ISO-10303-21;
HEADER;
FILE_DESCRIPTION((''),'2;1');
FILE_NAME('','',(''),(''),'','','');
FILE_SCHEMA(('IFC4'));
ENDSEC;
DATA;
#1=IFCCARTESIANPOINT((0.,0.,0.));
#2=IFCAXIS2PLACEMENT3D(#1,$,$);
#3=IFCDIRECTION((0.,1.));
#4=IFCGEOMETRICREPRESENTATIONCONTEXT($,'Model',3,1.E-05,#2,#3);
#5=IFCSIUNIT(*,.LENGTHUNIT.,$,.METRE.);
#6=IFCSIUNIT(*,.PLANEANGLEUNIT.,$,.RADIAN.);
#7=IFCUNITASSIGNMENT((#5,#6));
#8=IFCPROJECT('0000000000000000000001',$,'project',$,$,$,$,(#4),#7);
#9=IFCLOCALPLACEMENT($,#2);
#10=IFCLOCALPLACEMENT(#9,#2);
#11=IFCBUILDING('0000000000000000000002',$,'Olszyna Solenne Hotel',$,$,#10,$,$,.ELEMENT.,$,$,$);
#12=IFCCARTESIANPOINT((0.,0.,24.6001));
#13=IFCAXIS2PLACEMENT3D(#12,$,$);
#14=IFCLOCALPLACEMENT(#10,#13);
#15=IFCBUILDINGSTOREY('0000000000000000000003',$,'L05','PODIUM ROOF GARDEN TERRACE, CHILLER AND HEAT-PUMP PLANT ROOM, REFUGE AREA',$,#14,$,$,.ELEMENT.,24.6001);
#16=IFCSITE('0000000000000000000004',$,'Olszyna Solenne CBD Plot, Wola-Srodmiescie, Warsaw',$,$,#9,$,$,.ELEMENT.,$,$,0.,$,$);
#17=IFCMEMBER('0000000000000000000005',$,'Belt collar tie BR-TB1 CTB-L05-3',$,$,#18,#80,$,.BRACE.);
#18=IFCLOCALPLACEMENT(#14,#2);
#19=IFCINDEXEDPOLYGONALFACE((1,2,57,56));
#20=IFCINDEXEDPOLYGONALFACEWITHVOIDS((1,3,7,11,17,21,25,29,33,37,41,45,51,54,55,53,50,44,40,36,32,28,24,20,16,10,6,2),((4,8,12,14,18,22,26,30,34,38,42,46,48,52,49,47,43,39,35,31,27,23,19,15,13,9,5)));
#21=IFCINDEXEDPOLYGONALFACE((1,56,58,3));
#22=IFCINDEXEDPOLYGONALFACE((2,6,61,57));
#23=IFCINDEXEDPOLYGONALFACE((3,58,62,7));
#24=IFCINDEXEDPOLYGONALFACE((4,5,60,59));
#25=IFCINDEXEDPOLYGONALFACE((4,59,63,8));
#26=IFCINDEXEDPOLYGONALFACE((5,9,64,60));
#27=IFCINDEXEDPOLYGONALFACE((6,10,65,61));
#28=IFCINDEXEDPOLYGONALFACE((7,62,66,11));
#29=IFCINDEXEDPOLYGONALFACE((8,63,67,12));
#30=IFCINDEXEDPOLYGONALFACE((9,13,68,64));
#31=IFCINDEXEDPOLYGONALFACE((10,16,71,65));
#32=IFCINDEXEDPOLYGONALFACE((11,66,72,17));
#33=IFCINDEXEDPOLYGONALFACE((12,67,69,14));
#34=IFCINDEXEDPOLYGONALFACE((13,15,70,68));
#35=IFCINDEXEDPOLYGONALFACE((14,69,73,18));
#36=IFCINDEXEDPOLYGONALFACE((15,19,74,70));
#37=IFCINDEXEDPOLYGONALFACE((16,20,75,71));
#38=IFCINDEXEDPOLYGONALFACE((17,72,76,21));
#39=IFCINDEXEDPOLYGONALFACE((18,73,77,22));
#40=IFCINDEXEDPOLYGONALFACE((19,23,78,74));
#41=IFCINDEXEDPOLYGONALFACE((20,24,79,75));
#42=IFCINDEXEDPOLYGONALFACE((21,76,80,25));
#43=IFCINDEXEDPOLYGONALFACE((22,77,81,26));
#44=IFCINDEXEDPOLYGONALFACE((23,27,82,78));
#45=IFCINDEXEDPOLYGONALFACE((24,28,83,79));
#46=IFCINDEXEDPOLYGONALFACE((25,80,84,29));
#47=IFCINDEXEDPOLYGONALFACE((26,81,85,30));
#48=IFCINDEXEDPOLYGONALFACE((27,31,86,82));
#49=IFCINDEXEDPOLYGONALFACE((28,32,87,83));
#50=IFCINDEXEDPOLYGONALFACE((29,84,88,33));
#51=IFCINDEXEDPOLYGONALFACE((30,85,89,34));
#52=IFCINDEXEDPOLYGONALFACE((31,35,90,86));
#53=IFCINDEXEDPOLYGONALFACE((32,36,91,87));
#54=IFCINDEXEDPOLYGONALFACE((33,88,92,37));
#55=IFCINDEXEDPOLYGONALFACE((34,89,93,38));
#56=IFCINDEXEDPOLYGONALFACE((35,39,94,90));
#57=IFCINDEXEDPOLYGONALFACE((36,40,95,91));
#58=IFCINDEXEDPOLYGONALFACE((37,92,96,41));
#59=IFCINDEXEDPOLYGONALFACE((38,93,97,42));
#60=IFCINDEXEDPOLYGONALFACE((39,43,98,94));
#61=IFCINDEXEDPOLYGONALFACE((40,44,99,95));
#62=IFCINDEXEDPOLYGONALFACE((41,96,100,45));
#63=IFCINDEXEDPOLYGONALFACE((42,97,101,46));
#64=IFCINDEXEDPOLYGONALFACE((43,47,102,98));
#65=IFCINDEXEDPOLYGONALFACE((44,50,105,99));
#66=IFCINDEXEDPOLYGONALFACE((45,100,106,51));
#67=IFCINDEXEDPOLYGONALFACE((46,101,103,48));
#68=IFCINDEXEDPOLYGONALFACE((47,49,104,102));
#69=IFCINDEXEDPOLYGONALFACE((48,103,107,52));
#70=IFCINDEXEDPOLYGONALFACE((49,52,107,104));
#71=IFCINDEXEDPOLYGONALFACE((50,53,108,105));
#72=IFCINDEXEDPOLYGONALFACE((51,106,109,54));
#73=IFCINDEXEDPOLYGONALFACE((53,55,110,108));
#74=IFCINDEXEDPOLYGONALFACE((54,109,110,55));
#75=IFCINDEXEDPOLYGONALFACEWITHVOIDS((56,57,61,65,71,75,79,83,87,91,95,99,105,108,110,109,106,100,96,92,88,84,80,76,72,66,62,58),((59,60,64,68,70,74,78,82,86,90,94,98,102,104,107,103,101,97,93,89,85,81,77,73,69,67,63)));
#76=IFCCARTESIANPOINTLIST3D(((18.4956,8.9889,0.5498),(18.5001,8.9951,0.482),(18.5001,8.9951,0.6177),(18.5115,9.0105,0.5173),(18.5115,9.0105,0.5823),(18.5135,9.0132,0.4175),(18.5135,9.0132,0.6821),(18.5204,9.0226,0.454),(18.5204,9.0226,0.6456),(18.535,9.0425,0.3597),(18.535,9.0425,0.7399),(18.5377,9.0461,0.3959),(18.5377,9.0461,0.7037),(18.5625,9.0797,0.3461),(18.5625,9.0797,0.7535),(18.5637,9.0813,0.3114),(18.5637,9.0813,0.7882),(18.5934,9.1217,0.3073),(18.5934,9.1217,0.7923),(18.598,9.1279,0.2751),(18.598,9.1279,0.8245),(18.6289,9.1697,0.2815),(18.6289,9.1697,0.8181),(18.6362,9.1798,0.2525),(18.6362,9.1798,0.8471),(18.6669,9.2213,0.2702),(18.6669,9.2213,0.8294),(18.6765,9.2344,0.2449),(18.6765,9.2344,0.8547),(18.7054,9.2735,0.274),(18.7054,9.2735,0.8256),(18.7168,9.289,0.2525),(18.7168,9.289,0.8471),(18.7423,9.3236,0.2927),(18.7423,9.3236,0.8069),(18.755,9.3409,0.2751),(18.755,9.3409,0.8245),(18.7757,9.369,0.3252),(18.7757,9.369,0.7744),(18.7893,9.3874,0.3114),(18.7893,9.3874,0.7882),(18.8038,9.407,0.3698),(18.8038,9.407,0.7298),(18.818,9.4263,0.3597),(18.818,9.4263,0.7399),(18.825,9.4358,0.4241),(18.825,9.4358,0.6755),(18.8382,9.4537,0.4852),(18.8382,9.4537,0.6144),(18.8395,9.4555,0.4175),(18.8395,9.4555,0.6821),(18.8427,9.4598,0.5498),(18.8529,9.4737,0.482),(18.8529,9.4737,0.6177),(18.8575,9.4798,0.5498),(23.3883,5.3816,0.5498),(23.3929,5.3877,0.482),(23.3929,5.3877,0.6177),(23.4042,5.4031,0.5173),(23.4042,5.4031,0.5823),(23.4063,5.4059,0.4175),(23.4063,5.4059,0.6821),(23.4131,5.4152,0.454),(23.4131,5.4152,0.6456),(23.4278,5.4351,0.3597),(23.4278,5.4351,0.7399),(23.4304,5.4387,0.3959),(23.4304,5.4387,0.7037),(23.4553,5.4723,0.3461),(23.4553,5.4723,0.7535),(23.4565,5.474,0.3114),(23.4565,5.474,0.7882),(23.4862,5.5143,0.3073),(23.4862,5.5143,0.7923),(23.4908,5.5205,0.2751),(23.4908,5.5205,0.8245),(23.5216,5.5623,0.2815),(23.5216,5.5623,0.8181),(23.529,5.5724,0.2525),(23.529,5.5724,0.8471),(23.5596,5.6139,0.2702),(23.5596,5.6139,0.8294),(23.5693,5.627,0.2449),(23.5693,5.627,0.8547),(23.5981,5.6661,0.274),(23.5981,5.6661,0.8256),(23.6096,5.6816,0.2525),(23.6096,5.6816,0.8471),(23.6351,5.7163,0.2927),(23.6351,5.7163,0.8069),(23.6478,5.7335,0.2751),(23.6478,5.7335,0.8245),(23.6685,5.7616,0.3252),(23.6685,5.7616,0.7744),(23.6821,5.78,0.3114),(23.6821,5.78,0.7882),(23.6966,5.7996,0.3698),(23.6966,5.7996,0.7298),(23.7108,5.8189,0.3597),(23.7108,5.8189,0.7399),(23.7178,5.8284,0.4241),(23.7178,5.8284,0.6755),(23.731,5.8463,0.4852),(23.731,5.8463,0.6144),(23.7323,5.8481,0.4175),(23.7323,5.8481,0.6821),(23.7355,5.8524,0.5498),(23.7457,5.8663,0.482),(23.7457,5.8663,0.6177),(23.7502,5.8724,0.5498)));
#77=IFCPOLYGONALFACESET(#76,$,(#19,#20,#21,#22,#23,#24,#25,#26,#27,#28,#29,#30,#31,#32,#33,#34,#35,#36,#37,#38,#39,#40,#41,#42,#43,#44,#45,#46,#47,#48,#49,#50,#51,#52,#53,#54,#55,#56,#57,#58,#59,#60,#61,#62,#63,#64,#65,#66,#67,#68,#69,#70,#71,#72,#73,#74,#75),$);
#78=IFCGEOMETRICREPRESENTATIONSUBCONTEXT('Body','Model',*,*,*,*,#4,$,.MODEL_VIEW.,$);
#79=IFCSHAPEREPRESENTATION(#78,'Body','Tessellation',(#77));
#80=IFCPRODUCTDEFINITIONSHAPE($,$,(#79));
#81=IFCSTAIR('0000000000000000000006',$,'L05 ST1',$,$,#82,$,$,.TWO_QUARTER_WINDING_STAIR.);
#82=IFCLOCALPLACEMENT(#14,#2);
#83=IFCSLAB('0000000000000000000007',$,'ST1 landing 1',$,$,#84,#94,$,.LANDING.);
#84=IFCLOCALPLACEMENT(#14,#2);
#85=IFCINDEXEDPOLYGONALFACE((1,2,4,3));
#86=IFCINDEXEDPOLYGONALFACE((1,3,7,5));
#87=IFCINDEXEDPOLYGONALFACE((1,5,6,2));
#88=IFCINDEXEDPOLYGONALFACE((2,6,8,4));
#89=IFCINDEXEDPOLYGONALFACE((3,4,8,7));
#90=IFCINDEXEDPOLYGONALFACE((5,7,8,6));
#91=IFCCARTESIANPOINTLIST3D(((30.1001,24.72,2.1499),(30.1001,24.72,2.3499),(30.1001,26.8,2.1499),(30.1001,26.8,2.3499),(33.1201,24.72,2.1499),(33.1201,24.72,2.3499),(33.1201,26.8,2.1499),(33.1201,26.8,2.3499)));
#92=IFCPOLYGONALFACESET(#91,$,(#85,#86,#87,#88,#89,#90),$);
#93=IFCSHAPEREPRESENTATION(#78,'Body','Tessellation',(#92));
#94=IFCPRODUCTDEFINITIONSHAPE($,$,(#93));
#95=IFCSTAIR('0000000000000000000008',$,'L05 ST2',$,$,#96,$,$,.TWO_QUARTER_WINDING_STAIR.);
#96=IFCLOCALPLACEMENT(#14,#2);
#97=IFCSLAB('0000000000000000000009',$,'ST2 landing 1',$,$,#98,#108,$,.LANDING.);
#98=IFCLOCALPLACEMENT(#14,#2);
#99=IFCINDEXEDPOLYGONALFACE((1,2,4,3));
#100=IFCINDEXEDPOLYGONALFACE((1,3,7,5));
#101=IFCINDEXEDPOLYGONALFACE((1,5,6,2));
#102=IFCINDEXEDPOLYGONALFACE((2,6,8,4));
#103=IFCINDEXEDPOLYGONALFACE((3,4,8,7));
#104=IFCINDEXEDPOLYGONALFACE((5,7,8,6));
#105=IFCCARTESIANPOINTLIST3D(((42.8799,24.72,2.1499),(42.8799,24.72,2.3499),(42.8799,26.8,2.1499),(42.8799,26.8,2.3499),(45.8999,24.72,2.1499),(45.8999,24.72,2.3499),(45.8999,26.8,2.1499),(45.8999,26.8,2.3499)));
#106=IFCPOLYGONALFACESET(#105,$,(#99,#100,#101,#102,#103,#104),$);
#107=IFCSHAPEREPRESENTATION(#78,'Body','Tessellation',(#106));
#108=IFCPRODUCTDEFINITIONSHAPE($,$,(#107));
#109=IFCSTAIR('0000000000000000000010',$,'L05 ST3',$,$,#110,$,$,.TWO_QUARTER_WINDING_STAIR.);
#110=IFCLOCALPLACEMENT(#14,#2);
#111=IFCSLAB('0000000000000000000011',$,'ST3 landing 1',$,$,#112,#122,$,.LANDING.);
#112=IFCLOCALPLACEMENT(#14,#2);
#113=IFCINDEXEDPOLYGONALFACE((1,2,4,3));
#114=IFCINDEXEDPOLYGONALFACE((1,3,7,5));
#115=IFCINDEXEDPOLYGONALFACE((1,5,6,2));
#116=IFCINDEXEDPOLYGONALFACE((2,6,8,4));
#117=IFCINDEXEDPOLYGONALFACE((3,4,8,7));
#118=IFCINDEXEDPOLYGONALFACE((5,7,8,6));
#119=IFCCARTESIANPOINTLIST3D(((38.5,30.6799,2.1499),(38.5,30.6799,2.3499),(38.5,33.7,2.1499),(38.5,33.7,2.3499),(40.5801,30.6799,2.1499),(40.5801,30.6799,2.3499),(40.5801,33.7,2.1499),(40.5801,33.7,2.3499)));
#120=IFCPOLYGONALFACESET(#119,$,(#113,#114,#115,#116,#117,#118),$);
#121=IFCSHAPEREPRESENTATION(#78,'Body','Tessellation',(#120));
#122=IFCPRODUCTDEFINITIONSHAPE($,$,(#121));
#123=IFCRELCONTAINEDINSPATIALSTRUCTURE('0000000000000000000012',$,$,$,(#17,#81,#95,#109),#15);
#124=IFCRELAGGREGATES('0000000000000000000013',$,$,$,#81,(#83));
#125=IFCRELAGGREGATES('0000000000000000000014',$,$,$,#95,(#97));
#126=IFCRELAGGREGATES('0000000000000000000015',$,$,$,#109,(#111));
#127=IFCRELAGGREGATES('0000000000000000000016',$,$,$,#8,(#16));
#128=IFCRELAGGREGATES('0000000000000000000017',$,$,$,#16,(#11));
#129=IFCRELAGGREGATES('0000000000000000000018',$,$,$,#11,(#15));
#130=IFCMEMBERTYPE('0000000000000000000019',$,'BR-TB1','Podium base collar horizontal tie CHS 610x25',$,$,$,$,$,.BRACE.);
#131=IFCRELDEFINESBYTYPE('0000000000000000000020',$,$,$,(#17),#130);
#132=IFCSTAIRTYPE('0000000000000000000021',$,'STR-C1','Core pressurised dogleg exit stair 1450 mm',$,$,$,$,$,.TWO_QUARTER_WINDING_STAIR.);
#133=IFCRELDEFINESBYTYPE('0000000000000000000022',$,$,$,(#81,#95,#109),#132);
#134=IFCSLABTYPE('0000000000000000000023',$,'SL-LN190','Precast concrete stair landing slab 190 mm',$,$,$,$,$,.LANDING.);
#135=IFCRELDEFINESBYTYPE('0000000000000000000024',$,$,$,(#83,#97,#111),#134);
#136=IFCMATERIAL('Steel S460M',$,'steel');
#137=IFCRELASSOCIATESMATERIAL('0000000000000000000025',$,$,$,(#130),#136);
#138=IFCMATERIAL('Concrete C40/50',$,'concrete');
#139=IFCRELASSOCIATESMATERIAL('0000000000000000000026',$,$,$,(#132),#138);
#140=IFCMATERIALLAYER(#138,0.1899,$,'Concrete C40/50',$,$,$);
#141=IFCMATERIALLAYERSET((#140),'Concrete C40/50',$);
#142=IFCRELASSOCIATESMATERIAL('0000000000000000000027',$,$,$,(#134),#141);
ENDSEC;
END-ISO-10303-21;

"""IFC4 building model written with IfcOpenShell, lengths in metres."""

from ifc_helpers import new_model, si_unit, direction, frame, origin, origin_2d, place, context, subcontext, project, spatial, polyline, hollow_circle, outline, extrude, source, transform, mapped, material, layer, layer_set, material_profile, profile_set, type_object, element, aggregate, save


model = new_model("IFC4")

# Units and contexts
model_context = context("Model", 3, precision=1e-05, world=origin(), true_north=direction((0.0, 1.0)))
body_context = subcontext(model_context, "Body", "Model", "MODEL_VIEW")
ifc_project = project(units=[si_unit("LENGTHUNIT", "METRE"), si_unit("PLANEANGLEUNIT", "RADIAN")], contexts=[model_context])

# Site, building, storey
site_placement = place(None, origin())
site = spatial("IfcSite", under=ifc_project, at=site_placement, Name="Olszyna Solenne CBD Plot, Wola-Srodmiescie, Warsaw", CompositionType="ELEMENT", RefElevation=0.0)
building_placement = place(site_placement, origin())
building = spatial("IfcBuilding", under=site, at=building_placement, Name="Olszyna Solenne Hotel", CompositionType="ELEMENT")
storey_placement = place(building_placement, frame((0.0, 0.0, 24.6001)))
storey = spatial("IfcBuildingStorey", under=building, at=storey_placement, Name="L05", Description="PODIUM ROOF GARDEN TERRACE, CHILLER AND HEAT-PUMP PLANT ROOM, REFUGE AREA", CompositionType="ELEMENT", Elevation=24.6001)

# Shared definitions
ifc_material_1 = material(Name="Steel S460M", Category="steel")

# Member
ifc_material_profile_1 = material_profile(ifc_material_1, hollow_circle(Radius=0.3049, WallThickness=0.0249, at=origin_2d()), Name="CHS 610x25", Category="load-bearing")
ifc_profile_set_1 = profile_set([ifc_material_profile_1], Name="Steel S460M")
member_type_1 = type_object("IfcMemberType", Name="BR-TB1", Description="Podium base collar horizontal tie CHS 610x25", PredefinedType="BRACE", material=ifc_profile_set_1)
shared_shape_1 = source(origin(), body_context, "Body", "SweptSolid", [
    extrude(hollow_circle(Radius=0.3049, WallThickness=0.0249, at=origin_2d()), origin(), (0.0, 0.0, 1.0), 6.0789),
])
member_1_placement = place(storey_placement, frame((18.6765, 9.2344, 0.5498), z_axis=(0.804884, -0.593432, 0.0), x_axis=(0.593432, 0.804884, 0.0)))
element("IfcMember", 1, at=member_1_placement, inside=storey, type_object=member_type_1, Name="Belt collar tie BR-TB1 CTB-L05-3", PredefinedType="BRACE", context=body_context, shape_type="MappedRepresentation", body=[
    mapped(shared_shape_1, transform((0.0, 0.0, 0.0), x_axis=(1.0, 0.0, 0.0), y_axis=(0.0, 1.0, 0.0), z_axis=(0.0, 0.0, 1.0), scale=1.0)),
])

# Stairs, slabs
ifc_material_2 = material(Name="Concrete C40/50", Category="concrete")
stair_type = type_object("IfcStairType", Name="STR-C1", Description="Core pressurised dogleg exit stair 1450 mm", PredefinedType="TWO_QUARTER_WINDING_STAIR", material=ifc_material_2)
stair_1_placement = place(storey_placement, origin())
stair_1 = element("IfcStair", 2, at=stair_1_placement, inside=storey, type_object=stair_type, Name="L05 ST1", PredefinedType="TWO_QUARTER_WINDING_STAIR")
ifc_layer_1 = layer(ifc_material_2, 0.1899, Name="Concrete C40/50")
ifc_layer_set_1 = layer_set([ifc_layer_1], Name="Concrete C40/50")
slab_type_1 = type_object("IfcSlabType", Name="SL-LN190", Description="Precast concrete stair landing slab 190 mm", PredefinedType="LANDING", material=ifc_layer_set_1)
slab_1_placement = place(storey_placement, frame((0.0, 0.0, 2.1499)))
slab_1 = element("IfcSlab", 3, at=slab_1_placement, type_object=slab_type_1, Name="ST1 landing 1", PredefinedType="LANDING", context=body_context, shape_type="SweptSolid", body=[
    extrude(outline(polyline([(33.1201, 24.72), (33.1201, 26.8), (30.1001, 26.8), (30.1001, 24.72), (33.1201, 24.72)])), origin(), (0.0, 0.0, 1.0), 0.2),
])
aggregate(stair_1, [slab_1])
stair_2_placement = place(storey_placement, origin())
stair_2 = element("IfcStair", 4, at=stair_2_placement, inside=storey, type_object=stair_type, Name="L05 ST2", PredefinedType="TWO_QUARTER_WINDING_STAIR")
slab_2_placement = place(storey_placement, frame((0.0, 0.0, 2.1499)))
slab_2 = element("IfcSlab", 5, at=slab_2_placement, type_object=slab_type_1, Name="ST2 landing 1", PredefinedType="LANDING", context=body_context, shape_type="SweptSolid", body=[
    extrude(outline(polyline([(45.8999, 24.72), (45.8999, 26.8), (42.8799, 26.8), (42.8799, 24.72), (45.8999, 24.72)])), origin(), (0.0, 0.0, 1.0), 0.2),
])
aggregate(stair_2, [slab_2])
stair_3_placement = place(storey_placement, origin())
stair_3 = element("IfcStair", 6, at=stair_3_placement, inside=storey, type_object=stair_type, Name="L05 ST3", PredefinedType="TWO_QUARTER_WINDING_STAIR")
slab_3_placement = place(storey_placement, frame((0.0, 0.0, 2.1499)))
slab_3 = element("IfcSlab", 7, at=slab_3_placement, type_object=slab_type_1, Name="ST3 landing 1", PredefinedType="LANDING", context=body_context, shape_type="SweptSolid", body=[
    extrude(outline(polyline([(38.5, 30.6799), (40.5801, 30.6799), (40.5801, 33.7), (38.5, 33.7), (38.5, 30.6799)])), origin(), (0.0, 0.0, 1.0), 0.2),
])
aggregate(stair_3, [slab_3])

save(model, "model.ifc")
